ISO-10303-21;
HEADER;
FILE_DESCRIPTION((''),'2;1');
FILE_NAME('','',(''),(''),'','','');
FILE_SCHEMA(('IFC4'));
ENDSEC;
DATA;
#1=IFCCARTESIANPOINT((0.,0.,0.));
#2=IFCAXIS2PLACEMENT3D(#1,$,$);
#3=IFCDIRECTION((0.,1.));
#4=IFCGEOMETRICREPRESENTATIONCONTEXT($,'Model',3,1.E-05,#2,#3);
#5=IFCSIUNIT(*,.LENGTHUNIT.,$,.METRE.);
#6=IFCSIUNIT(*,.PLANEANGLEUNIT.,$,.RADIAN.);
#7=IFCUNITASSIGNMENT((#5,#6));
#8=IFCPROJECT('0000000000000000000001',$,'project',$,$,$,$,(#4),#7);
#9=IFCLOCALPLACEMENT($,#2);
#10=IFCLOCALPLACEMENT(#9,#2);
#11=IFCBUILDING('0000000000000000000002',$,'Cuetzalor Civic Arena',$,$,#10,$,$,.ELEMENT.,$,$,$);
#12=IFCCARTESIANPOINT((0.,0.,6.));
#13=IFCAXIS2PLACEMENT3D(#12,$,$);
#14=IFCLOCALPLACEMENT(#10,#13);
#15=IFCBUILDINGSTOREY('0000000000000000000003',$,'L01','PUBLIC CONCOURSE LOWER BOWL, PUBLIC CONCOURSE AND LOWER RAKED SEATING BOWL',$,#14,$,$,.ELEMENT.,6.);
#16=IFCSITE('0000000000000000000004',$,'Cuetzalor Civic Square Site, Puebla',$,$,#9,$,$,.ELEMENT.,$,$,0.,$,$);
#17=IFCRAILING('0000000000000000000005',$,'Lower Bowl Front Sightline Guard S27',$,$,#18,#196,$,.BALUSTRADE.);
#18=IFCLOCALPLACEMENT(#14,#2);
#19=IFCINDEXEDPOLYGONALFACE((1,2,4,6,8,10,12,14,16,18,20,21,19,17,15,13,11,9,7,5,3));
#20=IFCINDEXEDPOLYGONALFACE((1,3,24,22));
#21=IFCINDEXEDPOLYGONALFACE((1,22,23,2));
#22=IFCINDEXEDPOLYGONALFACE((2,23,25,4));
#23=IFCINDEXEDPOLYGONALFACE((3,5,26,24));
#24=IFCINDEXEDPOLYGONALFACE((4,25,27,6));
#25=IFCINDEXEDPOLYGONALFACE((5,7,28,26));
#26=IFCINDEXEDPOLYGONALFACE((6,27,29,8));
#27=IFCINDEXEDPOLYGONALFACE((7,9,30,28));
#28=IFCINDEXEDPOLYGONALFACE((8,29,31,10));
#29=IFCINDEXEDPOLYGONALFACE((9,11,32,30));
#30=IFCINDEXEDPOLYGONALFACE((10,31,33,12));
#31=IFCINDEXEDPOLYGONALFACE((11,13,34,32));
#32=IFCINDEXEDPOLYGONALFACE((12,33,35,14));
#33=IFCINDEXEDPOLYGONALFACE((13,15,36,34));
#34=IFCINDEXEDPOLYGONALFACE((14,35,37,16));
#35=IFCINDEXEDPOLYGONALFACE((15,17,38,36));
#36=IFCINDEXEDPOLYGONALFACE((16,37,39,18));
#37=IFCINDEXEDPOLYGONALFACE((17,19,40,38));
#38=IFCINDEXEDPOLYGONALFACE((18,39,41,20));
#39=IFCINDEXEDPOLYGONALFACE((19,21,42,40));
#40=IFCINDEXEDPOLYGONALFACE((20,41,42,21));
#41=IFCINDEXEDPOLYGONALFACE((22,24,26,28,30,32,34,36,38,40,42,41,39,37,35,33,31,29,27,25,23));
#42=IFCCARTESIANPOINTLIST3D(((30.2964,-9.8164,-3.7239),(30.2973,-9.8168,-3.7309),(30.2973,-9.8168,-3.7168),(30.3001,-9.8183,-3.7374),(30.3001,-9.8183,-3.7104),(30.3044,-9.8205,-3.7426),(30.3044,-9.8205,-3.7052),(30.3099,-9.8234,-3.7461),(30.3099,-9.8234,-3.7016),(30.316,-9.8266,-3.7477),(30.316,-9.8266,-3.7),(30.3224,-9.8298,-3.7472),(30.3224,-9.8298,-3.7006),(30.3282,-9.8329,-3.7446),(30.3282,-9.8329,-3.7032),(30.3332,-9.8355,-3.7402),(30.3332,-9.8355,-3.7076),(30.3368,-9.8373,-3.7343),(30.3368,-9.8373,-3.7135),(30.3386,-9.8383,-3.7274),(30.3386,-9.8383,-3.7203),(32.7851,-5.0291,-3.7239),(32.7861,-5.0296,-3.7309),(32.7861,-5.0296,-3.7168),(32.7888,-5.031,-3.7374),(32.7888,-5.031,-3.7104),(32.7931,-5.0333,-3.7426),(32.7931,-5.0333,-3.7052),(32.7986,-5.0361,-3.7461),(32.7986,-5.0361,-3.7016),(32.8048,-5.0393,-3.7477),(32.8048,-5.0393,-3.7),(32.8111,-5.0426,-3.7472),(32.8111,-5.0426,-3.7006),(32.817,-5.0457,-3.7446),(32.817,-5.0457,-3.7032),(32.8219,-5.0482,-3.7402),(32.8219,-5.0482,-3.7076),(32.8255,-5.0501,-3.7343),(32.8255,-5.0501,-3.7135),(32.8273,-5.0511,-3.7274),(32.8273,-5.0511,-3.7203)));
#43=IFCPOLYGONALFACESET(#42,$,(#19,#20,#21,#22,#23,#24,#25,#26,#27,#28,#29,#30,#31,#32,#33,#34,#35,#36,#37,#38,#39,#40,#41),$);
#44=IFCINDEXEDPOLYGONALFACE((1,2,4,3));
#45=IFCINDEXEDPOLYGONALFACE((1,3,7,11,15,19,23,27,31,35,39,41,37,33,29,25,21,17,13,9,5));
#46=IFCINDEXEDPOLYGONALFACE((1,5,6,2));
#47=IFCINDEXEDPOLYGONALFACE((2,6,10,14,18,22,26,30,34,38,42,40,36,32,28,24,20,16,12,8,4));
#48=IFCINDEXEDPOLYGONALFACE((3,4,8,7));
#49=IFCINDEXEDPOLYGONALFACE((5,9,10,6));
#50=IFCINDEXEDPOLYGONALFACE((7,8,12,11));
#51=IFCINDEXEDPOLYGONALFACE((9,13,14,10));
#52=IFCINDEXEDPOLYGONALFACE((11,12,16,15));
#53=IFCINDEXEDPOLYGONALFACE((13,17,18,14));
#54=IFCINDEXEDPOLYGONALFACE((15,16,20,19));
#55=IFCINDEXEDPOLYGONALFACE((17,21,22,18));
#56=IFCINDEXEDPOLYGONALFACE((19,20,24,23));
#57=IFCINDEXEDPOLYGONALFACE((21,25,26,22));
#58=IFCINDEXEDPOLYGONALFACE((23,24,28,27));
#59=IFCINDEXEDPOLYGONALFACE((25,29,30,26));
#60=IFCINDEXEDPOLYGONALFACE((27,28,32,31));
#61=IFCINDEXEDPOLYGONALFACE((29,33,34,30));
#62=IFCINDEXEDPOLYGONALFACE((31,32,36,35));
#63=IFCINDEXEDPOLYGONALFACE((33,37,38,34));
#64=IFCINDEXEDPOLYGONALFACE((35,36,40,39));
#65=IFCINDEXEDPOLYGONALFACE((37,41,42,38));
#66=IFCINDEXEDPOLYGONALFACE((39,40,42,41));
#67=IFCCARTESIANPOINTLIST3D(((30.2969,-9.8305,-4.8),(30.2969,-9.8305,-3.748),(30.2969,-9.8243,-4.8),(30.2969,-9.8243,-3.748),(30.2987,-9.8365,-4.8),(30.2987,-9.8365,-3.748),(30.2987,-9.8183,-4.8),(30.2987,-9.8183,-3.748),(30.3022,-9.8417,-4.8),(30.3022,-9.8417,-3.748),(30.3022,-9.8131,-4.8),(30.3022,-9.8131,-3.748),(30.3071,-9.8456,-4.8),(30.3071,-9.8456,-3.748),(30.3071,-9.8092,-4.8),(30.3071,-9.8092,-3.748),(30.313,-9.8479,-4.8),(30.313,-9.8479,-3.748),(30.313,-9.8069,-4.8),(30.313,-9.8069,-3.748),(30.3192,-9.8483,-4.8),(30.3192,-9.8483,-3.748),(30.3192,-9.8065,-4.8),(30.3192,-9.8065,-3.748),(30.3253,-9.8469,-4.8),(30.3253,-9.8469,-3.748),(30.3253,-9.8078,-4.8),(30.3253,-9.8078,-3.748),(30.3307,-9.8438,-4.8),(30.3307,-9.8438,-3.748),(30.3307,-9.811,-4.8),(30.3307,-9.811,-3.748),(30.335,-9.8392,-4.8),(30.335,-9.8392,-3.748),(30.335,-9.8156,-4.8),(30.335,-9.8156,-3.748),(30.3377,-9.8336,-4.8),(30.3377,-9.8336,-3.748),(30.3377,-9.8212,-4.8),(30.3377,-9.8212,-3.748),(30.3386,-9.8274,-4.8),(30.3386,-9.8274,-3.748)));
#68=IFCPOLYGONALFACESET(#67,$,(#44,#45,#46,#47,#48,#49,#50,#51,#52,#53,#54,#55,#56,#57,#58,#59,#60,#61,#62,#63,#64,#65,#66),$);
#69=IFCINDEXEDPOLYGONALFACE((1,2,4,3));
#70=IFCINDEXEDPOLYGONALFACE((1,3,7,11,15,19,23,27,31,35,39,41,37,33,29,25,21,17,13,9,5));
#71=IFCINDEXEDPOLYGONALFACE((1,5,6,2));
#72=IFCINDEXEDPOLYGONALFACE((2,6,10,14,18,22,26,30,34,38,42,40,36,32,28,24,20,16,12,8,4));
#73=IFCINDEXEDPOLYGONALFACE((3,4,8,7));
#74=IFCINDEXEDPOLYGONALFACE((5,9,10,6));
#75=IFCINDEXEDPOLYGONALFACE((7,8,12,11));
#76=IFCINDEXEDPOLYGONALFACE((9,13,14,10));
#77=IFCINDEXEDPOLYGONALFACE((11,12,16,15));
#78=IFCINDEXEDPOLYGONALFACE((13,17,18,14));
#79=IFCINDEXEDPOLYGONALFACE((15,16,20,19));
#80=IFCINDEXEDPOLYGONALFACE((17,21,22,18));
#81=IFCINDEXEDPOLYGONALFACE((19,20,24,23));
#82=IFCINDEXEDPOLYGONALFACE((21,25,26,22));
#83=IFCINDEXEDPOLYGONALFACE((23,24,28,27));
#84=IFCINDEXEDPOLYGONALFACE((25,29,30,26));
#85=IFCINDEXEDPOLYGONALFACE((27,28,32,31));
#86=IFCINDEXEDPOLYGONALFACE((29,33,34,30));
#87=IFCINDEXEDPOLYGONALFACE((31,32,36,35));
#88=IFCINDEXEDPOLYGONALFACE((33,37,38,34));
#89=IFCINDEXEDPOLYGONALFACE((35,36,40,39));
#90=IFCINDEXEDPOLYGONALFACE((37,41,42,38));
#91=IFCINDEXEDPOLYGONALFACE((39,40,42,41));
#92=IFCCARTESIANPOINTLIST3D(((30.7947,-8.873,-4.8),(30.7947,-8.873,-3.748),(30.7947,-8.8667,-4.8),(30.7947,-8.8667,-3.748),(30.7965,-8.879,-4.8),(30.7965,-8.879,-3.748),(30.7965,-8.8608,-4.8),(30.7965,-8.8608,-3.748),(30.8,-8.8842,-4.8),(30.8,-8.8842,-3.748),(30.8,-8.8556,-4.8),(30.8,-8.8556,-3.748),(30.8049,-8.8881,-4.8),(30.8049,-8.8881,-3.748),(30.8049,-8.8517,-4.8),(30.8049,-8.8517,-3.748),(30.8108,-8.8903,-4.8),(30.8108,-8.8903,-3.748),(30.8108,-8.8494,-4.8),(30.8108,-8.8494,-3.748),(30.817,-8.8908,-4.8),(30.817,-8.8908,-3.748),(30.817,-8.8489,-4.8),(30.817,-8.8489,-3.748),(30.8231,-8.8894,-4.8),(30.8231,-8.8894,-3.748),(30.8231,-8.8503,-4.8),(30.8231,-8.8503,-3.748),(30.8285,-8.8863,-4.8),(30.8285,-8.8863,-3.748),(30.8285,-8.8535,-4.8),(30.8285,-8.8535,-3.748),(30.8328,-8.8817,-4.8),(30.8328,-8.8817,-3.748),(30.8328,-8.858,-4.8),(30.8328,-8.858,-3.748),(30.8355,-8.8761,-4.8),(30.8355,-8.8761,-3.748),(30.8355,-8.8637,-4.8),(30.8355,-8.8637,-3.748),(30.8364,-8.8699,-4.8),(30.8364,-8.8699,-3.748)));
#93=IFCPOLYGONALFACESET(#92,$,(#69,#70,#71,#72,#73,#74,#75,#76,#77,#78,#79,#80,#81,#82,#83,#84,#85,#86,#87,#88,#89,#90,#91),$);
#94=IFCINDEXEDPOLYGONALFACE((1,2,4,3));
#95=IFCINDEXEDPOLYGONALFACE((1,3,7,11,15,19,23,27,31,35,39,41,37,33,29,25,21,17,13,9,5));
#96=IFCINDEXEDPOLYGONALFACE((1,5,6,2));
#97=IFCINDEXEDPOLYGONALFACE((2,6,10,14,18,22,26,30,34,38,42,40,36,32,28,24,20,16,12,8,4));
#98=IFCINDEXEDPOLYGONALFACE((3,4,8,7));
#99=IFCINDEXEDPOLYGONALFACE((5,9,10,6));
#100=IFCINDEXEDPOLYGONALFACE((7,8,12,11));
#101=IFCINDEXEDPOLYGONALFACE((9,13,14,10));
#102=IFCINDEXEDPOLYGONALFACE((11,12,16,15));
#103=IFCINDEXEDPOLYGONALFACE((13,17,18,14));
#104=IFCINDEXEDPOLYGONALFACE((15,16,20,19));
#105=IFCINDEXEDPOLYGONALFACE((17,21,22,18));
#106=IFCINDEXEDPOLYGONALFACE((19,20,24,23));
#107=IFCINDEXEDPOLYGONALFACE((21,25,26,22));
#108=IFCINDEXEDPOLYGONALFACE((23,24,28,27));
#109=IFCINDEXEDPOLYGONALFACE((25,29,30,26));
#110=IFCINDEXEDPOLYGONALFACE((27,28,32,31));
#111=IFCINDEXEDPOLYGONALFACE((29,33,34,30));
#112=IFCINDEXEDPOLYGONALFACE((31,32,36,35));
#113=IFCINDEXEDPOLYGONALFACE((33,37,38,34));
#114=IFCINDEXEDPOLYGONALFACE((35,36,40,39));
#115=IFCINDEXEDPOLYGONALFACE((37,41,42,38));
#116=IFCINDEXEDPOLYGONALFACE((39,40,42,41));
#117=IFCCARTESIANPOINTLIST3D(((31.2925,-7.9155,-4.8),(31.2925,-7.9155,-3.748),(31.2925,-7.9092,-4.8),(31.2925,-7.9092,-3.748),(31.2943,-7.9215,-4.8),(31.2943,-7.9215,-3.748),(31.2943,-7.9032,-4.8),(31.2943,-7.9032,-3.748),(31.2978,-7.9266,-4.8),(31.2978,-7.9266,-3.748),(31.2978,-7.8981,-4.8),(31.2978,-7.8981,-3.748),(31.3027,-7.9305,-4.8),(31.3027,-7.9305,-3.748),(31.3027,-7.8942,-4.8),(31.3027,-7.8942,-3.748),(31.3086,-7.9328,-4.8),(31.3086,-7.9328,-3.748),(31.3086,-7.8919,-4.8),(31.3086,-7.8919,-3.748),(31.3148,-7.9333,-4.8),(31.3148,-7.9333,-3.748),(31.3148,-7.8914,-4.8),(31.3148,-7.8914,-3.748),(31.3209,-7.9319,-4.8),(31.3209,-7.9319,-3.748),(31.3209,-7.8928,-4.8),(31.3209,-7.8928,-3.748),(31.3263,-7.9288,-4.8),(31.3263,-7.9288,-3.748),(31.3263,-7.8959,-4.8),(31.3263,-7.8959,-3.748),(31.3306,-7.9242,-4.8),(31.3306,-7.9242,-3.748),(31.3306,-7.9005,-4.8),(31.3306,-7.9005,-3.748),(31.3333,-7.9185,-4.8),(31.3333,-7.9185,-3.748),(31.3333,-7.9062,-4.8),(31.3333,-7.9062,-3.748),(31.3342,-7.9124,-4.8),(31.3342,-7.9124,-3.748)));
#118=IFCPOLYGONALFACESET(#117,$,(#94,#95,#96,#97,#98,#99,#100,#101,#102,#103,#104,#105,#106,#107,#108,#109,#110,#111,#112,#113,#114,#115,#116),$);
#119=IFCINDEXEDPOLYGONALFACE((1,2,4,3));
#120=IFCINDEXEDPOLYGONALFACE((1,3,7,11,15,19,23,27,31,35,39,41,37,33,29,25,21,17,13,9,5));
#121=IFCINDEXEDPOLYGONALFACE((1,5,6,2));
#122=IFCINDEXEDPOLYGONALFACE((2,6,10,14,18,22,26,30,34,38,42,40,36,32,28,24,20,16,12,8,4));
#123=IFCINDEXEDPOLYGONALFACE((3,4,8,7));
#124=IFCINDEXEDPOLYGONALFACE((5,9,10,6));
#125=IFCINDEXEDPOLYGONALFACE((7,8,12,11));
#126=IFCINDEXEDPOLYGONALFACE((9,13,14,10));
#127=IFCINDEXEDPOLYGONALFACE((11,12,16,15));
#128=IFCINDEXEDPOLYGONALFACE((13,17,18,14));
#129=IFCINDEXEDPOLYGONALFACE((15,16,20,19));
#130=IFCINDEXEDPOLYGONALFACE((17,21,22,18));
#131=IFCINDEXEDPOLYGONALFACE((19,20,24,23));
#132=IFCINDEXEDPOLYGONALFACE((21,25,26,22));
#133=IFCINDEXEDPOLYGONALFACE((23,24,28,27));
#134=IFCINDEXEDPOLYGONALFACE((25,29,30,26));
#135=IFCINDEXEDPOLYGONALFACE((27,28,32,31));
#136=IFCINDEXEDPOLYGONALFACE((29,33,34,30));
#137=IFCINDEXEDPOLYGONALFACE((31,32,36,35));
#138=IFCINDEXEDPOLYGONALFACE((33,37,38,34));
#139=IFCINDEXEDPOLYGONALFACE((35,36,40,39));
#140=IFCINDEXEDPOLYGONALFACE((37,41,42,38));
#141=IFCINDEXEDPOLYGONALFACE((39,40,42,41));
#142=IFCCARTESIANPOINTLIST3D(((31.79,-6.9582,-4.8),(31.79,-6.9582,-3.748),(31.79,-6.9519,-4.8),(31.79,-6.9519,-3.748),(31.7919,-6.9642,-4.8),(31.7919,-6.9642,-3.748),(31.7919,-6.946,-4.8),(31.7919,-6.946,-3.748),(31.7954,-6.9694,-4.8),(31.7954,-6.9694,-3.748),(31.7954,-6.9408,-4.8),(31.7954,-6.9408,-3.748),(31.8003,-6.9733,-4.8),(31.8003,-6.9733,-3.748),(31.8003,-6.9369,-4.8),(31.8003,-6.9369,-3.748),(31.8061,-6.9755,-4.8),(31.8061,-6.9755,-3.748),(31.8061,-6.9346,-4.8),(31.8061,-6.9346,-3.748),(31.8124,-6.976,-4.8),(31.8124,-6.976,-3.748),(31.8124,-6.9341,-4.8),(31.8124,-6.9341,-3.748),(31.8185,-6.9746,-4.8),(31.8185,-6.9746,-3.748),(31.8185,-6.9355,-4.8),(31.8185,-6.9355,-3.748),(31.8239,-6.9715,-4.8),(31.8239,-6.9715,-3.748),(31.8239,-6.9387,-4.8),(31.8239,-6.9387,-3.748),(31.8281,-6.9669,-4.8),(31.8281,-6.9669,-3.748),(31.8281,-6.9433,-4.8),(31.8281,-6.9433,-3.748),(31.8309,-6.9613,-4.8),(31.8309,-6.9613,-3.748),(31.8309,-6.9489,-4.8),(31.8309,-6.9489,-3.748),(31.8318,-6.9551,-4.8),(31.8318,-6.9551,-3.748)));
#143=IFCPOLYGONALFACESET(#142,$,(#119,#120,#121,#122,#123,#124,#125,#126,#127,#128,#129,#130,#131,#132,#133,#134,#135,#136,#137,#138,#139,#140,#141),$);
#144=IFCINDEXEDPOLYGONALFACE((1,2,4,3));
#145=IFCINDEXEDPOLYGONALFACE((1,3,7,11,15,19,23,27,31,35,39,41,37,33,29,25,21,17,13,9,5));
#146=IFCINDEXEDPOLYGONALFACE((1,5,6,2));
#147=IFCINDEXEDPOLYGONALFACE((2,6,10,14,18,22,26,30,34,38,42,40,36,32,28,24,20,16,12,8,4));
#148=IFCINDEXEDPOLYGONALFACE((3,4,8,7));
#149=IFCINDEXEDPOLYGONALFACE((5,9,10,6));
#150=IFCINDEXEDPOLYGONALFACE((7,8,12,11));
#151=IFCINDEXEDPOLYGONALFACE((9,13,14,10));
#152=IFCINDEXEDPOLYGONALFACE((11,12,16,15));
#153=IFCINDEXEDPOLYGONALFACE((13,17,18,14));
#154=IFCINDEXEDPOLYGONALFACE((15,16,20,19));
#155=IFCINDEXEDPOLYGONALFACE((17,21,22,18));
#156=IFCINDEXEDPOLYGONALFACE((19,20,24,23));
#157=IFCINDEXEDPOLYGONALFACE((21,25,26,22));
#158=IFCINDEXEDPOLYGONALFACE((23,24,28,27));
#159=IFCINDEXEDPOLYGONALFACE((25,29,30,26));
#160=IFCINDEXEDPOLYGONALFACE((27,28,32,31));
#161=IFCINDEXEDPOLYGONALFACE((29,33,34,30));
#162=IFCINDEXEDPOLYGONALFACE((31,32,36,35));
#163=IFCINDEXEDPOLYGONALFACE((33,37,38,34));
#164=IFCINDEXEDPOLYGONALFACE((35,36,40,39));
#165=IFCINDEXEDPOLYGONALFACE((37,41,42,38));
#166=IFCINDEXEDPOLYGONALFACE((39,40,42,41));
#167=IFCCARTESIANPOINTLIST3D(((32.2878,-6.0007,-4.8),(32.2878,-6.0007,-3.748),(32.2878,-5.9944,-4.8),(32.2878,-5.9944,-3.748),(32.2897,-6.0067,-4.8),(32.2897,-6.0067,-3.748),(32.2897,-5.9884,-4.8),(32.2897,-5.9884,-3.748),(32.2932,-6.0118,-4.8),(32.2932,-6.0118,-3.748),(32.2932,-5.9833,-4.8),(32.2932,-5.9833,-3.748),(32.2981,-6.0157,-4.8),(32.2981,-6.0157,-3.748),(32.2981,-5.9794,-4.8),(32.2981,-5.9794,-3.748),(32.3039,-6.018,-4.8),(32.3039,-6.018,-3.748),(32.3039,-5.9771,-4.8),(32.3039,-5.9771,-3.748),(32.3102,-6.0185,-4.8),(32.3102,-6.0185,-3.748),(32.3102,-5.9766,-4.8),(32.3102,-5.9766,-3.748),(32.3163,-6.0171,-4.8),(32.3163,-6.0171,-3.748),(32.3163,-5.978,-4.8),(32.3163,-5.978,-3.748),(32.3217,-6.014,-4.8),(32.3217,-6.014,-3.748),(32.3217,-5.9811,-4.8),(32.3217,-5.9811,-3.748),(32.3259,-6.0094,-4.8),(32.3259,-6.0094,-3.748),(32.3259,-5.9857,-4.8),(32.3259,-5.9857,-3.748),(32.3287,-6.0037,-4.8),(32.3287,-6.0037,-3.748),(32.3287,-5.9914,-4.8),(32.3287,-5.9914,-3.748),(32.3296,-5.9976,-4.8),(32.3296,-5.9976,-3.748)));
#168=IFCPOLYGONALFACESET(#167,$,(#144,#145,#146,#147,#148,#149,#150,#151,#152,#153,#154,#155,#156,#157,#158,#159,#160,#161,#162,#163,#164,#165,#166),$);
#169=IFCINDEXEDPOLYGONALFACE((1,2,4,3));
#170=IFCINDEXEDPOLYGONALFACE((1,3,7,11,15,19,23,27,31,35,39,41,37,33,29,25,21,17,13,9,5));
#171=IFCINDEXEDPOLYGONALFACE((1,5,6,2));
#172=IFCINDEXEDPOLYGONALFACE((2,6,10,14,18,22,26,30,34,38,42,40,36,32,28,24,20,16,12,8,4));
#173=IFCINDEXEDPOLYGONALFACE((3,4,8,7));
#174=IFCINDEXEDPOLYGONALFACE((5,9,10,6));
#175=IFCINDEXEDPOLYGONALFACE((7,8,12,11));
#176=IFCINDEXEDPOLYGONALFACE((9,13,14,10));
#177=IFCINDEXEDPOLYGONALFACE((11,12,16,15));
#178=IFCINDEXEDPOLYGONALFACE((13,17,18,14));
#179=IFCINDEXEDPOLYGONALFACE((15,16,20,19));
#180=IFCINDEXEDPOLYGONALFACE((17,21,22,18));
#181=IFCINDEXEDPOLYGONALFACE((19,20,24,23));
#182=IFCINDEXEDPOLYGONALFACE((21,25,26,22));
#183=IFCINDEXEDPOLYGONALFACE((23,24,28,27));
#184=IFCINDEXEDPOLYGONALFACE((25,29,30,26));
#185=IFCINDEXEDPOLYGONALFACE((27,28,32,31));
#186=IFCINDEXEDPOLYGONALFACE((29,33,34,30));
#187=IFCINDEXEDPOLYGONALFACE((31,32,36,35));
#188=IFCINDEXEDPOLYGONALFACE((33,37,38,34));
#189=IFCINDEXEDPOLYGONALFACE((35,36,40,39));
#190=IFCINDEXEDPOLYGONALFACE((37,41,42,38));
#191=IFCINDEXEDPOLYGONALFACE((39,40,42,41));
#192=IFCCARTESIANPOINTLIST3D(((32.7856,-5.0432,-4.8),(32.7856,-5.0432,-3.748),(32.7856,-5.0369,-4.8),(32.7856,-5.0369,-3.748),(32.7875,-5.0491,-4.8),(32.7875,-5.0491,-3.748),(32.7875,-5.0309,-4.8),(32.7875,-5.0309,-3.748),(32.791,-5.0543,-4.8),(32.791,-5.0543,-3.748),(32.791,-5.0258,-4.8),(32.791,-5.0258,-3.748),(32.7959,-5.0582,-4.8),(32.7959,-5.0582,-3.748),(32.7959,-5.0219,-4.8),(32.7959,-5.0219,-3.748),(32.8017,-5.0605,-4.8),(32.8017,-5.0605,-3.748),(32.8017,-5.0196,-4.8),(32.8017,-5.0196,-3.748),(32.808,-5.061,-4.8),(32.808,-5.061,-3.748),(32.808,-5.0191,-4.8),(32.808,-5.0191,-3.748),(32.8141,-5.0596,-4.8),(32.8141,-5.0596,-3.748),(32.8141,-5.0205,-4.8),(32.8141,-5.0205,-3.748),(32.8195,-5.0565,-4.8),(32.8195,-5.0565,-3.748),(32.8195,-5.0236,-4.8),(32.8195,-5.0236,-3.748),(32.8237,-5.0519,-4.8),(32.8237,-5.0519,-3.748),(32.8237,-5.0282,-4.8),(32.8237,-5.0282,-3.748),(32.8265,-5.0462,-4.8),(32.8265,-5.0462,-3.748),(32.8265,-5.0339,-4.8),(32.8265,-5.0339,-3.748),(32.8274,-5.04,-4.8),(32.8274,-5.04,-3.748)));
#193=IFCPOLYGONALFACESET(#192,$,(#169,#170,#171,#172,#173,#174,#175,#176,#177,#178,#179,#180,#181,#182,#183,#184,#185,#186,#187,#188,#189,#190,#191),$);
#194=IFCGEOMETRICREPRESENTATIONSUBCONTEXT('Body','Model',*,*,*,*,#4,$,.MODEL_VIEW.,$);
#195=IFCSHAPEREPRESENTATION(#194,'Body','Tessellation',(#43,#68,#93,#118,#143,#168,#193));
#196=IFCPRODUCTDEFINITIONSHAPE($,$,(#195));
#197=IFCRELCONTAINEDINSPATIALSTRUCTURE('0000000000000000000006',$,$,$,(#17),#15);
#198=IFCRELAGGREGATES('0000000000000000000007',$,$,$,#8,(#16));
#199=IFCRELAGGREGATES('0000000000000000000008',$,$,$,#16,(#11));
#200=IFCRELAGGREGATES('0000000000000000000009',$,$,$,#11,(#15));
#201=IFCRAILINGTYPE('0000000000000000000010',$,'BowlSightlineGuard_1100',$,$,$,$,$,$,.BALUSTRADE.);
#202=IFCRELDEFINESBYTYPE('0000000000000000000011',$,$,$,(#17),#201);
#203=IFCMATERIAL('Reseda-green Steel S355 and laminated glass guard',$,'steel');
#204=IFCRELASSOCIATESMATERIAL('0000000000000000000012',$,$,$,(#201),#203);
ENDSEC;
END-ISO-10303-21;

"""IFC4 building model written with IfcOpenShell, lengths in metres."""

from ifc_helpers import new_model, si_unit, direction, frame, origin, origin_2d, place, context, subcontext, project, spatial, circle, extrude, material, type_object, element, save


model = new_model("IFC4")

# Units and contexts
model_context = context("Model", 3, precision=1e-05, world=origin(), true_north=direction((0.0, 1.0)))
body_context = subcontext(model_context, "Body", "Model", "MODEL_VIEW")
ifc_project = project(units=[si_unit("LENGTHUNIT", "METRE"), si_unit("PLANEANGLEUNIT", "RADIAN")], contexts=[model_context])

# Site, building, storey
site_placement = place(None, origin())
site = spatial("IfcSite", under=ifc_project, at=site_placement, Name="Cuetzalor Civic Square Site, Puebla", CompositionType="ELEMENT", RefElevation=0.0)
building_placement = place(site_placement, origin())
building = spatial("IfcBuilding", under=site, at=building_placement, Name="Cuetzalor Civic Arena", CompositionType="ELEMENT")
storey_placement = place(building_placement, frame((0.0, 0.0, 6.0)))
storey = spatial("IfcBuildingStorey", under=building, at=storey_placement, Name="L01", Description="PUBLIC CONCOURSE LOWER BOWL, PUBLIC CONCOURSE AND LOWER RAKED SEATING BOWL", CompositionType="ELEMENT", Elevation=6.0)

# Railing
ifc_material_1 = material(Name="Reseda-green Steel S355 and laminated glass guard", Category="steel")
railing_type_1 = type_object("IfcRailingType", Name="BowlSightlineGuard_1100", PredefinedType="BALUSTRADE", material=ifc_material_1)
railing_1_placement = place(storey_placement, frame((30.3176, -9.8274, -4.8)))
element("IfcRailing", 1, at=railing_1_placement, inside=storey, type_object=railing_type_1, Name="Lower Bowl Front Sightline Guard S27", PredefinedType="BALUSTRADE", context=body_context, shape_type="SweptSolid", body=[
    extrude(circle(Radius=0.0239, at=origin_2d()), frame((0.0, 0.0, 1.0762), z_axis=(0.461257, 0.887266, 0.0), x_axis=(-0.887266, 0.461257, 0.0)), (0.0, 0.0, 1.0), 5.3955),
    extrude(circle(Radius=0.021, at=origin_2d()), origin(), (0.0, 0.0, 1.0), 1.052),
    extrude(circle(Radius=0.021, at=origin_2d()), frame((0.4978, 0.9575, 0.0)), (0.0, 0.0, 1.0), 1.052),
    extrude(circle(Radius=0.021, at=origin_2d()), frame((0.9956, 1.915, 0.0)), (0.0, 0.0, 1.0), 1.052),
    extrude(circle(Radius=0.021, at=origin_2d()), frame((1.4932, 2.8723, 0.0)), (0.0, 0.0, 1.0), 1.052),
    extrude(circle(Radius=0.021, at=origin_2d()), frame((1.991, 3.8298, 0.0)), (0.0, 0.0, 1.0), 1.052),
    extrude(circle(Radius=0.021, at=origin_2d()), frame((2.4888, 4.7874, 0.0)), (0.0, 0.0, 1.0), 1.052),
])

save(model, "model.ifc")
